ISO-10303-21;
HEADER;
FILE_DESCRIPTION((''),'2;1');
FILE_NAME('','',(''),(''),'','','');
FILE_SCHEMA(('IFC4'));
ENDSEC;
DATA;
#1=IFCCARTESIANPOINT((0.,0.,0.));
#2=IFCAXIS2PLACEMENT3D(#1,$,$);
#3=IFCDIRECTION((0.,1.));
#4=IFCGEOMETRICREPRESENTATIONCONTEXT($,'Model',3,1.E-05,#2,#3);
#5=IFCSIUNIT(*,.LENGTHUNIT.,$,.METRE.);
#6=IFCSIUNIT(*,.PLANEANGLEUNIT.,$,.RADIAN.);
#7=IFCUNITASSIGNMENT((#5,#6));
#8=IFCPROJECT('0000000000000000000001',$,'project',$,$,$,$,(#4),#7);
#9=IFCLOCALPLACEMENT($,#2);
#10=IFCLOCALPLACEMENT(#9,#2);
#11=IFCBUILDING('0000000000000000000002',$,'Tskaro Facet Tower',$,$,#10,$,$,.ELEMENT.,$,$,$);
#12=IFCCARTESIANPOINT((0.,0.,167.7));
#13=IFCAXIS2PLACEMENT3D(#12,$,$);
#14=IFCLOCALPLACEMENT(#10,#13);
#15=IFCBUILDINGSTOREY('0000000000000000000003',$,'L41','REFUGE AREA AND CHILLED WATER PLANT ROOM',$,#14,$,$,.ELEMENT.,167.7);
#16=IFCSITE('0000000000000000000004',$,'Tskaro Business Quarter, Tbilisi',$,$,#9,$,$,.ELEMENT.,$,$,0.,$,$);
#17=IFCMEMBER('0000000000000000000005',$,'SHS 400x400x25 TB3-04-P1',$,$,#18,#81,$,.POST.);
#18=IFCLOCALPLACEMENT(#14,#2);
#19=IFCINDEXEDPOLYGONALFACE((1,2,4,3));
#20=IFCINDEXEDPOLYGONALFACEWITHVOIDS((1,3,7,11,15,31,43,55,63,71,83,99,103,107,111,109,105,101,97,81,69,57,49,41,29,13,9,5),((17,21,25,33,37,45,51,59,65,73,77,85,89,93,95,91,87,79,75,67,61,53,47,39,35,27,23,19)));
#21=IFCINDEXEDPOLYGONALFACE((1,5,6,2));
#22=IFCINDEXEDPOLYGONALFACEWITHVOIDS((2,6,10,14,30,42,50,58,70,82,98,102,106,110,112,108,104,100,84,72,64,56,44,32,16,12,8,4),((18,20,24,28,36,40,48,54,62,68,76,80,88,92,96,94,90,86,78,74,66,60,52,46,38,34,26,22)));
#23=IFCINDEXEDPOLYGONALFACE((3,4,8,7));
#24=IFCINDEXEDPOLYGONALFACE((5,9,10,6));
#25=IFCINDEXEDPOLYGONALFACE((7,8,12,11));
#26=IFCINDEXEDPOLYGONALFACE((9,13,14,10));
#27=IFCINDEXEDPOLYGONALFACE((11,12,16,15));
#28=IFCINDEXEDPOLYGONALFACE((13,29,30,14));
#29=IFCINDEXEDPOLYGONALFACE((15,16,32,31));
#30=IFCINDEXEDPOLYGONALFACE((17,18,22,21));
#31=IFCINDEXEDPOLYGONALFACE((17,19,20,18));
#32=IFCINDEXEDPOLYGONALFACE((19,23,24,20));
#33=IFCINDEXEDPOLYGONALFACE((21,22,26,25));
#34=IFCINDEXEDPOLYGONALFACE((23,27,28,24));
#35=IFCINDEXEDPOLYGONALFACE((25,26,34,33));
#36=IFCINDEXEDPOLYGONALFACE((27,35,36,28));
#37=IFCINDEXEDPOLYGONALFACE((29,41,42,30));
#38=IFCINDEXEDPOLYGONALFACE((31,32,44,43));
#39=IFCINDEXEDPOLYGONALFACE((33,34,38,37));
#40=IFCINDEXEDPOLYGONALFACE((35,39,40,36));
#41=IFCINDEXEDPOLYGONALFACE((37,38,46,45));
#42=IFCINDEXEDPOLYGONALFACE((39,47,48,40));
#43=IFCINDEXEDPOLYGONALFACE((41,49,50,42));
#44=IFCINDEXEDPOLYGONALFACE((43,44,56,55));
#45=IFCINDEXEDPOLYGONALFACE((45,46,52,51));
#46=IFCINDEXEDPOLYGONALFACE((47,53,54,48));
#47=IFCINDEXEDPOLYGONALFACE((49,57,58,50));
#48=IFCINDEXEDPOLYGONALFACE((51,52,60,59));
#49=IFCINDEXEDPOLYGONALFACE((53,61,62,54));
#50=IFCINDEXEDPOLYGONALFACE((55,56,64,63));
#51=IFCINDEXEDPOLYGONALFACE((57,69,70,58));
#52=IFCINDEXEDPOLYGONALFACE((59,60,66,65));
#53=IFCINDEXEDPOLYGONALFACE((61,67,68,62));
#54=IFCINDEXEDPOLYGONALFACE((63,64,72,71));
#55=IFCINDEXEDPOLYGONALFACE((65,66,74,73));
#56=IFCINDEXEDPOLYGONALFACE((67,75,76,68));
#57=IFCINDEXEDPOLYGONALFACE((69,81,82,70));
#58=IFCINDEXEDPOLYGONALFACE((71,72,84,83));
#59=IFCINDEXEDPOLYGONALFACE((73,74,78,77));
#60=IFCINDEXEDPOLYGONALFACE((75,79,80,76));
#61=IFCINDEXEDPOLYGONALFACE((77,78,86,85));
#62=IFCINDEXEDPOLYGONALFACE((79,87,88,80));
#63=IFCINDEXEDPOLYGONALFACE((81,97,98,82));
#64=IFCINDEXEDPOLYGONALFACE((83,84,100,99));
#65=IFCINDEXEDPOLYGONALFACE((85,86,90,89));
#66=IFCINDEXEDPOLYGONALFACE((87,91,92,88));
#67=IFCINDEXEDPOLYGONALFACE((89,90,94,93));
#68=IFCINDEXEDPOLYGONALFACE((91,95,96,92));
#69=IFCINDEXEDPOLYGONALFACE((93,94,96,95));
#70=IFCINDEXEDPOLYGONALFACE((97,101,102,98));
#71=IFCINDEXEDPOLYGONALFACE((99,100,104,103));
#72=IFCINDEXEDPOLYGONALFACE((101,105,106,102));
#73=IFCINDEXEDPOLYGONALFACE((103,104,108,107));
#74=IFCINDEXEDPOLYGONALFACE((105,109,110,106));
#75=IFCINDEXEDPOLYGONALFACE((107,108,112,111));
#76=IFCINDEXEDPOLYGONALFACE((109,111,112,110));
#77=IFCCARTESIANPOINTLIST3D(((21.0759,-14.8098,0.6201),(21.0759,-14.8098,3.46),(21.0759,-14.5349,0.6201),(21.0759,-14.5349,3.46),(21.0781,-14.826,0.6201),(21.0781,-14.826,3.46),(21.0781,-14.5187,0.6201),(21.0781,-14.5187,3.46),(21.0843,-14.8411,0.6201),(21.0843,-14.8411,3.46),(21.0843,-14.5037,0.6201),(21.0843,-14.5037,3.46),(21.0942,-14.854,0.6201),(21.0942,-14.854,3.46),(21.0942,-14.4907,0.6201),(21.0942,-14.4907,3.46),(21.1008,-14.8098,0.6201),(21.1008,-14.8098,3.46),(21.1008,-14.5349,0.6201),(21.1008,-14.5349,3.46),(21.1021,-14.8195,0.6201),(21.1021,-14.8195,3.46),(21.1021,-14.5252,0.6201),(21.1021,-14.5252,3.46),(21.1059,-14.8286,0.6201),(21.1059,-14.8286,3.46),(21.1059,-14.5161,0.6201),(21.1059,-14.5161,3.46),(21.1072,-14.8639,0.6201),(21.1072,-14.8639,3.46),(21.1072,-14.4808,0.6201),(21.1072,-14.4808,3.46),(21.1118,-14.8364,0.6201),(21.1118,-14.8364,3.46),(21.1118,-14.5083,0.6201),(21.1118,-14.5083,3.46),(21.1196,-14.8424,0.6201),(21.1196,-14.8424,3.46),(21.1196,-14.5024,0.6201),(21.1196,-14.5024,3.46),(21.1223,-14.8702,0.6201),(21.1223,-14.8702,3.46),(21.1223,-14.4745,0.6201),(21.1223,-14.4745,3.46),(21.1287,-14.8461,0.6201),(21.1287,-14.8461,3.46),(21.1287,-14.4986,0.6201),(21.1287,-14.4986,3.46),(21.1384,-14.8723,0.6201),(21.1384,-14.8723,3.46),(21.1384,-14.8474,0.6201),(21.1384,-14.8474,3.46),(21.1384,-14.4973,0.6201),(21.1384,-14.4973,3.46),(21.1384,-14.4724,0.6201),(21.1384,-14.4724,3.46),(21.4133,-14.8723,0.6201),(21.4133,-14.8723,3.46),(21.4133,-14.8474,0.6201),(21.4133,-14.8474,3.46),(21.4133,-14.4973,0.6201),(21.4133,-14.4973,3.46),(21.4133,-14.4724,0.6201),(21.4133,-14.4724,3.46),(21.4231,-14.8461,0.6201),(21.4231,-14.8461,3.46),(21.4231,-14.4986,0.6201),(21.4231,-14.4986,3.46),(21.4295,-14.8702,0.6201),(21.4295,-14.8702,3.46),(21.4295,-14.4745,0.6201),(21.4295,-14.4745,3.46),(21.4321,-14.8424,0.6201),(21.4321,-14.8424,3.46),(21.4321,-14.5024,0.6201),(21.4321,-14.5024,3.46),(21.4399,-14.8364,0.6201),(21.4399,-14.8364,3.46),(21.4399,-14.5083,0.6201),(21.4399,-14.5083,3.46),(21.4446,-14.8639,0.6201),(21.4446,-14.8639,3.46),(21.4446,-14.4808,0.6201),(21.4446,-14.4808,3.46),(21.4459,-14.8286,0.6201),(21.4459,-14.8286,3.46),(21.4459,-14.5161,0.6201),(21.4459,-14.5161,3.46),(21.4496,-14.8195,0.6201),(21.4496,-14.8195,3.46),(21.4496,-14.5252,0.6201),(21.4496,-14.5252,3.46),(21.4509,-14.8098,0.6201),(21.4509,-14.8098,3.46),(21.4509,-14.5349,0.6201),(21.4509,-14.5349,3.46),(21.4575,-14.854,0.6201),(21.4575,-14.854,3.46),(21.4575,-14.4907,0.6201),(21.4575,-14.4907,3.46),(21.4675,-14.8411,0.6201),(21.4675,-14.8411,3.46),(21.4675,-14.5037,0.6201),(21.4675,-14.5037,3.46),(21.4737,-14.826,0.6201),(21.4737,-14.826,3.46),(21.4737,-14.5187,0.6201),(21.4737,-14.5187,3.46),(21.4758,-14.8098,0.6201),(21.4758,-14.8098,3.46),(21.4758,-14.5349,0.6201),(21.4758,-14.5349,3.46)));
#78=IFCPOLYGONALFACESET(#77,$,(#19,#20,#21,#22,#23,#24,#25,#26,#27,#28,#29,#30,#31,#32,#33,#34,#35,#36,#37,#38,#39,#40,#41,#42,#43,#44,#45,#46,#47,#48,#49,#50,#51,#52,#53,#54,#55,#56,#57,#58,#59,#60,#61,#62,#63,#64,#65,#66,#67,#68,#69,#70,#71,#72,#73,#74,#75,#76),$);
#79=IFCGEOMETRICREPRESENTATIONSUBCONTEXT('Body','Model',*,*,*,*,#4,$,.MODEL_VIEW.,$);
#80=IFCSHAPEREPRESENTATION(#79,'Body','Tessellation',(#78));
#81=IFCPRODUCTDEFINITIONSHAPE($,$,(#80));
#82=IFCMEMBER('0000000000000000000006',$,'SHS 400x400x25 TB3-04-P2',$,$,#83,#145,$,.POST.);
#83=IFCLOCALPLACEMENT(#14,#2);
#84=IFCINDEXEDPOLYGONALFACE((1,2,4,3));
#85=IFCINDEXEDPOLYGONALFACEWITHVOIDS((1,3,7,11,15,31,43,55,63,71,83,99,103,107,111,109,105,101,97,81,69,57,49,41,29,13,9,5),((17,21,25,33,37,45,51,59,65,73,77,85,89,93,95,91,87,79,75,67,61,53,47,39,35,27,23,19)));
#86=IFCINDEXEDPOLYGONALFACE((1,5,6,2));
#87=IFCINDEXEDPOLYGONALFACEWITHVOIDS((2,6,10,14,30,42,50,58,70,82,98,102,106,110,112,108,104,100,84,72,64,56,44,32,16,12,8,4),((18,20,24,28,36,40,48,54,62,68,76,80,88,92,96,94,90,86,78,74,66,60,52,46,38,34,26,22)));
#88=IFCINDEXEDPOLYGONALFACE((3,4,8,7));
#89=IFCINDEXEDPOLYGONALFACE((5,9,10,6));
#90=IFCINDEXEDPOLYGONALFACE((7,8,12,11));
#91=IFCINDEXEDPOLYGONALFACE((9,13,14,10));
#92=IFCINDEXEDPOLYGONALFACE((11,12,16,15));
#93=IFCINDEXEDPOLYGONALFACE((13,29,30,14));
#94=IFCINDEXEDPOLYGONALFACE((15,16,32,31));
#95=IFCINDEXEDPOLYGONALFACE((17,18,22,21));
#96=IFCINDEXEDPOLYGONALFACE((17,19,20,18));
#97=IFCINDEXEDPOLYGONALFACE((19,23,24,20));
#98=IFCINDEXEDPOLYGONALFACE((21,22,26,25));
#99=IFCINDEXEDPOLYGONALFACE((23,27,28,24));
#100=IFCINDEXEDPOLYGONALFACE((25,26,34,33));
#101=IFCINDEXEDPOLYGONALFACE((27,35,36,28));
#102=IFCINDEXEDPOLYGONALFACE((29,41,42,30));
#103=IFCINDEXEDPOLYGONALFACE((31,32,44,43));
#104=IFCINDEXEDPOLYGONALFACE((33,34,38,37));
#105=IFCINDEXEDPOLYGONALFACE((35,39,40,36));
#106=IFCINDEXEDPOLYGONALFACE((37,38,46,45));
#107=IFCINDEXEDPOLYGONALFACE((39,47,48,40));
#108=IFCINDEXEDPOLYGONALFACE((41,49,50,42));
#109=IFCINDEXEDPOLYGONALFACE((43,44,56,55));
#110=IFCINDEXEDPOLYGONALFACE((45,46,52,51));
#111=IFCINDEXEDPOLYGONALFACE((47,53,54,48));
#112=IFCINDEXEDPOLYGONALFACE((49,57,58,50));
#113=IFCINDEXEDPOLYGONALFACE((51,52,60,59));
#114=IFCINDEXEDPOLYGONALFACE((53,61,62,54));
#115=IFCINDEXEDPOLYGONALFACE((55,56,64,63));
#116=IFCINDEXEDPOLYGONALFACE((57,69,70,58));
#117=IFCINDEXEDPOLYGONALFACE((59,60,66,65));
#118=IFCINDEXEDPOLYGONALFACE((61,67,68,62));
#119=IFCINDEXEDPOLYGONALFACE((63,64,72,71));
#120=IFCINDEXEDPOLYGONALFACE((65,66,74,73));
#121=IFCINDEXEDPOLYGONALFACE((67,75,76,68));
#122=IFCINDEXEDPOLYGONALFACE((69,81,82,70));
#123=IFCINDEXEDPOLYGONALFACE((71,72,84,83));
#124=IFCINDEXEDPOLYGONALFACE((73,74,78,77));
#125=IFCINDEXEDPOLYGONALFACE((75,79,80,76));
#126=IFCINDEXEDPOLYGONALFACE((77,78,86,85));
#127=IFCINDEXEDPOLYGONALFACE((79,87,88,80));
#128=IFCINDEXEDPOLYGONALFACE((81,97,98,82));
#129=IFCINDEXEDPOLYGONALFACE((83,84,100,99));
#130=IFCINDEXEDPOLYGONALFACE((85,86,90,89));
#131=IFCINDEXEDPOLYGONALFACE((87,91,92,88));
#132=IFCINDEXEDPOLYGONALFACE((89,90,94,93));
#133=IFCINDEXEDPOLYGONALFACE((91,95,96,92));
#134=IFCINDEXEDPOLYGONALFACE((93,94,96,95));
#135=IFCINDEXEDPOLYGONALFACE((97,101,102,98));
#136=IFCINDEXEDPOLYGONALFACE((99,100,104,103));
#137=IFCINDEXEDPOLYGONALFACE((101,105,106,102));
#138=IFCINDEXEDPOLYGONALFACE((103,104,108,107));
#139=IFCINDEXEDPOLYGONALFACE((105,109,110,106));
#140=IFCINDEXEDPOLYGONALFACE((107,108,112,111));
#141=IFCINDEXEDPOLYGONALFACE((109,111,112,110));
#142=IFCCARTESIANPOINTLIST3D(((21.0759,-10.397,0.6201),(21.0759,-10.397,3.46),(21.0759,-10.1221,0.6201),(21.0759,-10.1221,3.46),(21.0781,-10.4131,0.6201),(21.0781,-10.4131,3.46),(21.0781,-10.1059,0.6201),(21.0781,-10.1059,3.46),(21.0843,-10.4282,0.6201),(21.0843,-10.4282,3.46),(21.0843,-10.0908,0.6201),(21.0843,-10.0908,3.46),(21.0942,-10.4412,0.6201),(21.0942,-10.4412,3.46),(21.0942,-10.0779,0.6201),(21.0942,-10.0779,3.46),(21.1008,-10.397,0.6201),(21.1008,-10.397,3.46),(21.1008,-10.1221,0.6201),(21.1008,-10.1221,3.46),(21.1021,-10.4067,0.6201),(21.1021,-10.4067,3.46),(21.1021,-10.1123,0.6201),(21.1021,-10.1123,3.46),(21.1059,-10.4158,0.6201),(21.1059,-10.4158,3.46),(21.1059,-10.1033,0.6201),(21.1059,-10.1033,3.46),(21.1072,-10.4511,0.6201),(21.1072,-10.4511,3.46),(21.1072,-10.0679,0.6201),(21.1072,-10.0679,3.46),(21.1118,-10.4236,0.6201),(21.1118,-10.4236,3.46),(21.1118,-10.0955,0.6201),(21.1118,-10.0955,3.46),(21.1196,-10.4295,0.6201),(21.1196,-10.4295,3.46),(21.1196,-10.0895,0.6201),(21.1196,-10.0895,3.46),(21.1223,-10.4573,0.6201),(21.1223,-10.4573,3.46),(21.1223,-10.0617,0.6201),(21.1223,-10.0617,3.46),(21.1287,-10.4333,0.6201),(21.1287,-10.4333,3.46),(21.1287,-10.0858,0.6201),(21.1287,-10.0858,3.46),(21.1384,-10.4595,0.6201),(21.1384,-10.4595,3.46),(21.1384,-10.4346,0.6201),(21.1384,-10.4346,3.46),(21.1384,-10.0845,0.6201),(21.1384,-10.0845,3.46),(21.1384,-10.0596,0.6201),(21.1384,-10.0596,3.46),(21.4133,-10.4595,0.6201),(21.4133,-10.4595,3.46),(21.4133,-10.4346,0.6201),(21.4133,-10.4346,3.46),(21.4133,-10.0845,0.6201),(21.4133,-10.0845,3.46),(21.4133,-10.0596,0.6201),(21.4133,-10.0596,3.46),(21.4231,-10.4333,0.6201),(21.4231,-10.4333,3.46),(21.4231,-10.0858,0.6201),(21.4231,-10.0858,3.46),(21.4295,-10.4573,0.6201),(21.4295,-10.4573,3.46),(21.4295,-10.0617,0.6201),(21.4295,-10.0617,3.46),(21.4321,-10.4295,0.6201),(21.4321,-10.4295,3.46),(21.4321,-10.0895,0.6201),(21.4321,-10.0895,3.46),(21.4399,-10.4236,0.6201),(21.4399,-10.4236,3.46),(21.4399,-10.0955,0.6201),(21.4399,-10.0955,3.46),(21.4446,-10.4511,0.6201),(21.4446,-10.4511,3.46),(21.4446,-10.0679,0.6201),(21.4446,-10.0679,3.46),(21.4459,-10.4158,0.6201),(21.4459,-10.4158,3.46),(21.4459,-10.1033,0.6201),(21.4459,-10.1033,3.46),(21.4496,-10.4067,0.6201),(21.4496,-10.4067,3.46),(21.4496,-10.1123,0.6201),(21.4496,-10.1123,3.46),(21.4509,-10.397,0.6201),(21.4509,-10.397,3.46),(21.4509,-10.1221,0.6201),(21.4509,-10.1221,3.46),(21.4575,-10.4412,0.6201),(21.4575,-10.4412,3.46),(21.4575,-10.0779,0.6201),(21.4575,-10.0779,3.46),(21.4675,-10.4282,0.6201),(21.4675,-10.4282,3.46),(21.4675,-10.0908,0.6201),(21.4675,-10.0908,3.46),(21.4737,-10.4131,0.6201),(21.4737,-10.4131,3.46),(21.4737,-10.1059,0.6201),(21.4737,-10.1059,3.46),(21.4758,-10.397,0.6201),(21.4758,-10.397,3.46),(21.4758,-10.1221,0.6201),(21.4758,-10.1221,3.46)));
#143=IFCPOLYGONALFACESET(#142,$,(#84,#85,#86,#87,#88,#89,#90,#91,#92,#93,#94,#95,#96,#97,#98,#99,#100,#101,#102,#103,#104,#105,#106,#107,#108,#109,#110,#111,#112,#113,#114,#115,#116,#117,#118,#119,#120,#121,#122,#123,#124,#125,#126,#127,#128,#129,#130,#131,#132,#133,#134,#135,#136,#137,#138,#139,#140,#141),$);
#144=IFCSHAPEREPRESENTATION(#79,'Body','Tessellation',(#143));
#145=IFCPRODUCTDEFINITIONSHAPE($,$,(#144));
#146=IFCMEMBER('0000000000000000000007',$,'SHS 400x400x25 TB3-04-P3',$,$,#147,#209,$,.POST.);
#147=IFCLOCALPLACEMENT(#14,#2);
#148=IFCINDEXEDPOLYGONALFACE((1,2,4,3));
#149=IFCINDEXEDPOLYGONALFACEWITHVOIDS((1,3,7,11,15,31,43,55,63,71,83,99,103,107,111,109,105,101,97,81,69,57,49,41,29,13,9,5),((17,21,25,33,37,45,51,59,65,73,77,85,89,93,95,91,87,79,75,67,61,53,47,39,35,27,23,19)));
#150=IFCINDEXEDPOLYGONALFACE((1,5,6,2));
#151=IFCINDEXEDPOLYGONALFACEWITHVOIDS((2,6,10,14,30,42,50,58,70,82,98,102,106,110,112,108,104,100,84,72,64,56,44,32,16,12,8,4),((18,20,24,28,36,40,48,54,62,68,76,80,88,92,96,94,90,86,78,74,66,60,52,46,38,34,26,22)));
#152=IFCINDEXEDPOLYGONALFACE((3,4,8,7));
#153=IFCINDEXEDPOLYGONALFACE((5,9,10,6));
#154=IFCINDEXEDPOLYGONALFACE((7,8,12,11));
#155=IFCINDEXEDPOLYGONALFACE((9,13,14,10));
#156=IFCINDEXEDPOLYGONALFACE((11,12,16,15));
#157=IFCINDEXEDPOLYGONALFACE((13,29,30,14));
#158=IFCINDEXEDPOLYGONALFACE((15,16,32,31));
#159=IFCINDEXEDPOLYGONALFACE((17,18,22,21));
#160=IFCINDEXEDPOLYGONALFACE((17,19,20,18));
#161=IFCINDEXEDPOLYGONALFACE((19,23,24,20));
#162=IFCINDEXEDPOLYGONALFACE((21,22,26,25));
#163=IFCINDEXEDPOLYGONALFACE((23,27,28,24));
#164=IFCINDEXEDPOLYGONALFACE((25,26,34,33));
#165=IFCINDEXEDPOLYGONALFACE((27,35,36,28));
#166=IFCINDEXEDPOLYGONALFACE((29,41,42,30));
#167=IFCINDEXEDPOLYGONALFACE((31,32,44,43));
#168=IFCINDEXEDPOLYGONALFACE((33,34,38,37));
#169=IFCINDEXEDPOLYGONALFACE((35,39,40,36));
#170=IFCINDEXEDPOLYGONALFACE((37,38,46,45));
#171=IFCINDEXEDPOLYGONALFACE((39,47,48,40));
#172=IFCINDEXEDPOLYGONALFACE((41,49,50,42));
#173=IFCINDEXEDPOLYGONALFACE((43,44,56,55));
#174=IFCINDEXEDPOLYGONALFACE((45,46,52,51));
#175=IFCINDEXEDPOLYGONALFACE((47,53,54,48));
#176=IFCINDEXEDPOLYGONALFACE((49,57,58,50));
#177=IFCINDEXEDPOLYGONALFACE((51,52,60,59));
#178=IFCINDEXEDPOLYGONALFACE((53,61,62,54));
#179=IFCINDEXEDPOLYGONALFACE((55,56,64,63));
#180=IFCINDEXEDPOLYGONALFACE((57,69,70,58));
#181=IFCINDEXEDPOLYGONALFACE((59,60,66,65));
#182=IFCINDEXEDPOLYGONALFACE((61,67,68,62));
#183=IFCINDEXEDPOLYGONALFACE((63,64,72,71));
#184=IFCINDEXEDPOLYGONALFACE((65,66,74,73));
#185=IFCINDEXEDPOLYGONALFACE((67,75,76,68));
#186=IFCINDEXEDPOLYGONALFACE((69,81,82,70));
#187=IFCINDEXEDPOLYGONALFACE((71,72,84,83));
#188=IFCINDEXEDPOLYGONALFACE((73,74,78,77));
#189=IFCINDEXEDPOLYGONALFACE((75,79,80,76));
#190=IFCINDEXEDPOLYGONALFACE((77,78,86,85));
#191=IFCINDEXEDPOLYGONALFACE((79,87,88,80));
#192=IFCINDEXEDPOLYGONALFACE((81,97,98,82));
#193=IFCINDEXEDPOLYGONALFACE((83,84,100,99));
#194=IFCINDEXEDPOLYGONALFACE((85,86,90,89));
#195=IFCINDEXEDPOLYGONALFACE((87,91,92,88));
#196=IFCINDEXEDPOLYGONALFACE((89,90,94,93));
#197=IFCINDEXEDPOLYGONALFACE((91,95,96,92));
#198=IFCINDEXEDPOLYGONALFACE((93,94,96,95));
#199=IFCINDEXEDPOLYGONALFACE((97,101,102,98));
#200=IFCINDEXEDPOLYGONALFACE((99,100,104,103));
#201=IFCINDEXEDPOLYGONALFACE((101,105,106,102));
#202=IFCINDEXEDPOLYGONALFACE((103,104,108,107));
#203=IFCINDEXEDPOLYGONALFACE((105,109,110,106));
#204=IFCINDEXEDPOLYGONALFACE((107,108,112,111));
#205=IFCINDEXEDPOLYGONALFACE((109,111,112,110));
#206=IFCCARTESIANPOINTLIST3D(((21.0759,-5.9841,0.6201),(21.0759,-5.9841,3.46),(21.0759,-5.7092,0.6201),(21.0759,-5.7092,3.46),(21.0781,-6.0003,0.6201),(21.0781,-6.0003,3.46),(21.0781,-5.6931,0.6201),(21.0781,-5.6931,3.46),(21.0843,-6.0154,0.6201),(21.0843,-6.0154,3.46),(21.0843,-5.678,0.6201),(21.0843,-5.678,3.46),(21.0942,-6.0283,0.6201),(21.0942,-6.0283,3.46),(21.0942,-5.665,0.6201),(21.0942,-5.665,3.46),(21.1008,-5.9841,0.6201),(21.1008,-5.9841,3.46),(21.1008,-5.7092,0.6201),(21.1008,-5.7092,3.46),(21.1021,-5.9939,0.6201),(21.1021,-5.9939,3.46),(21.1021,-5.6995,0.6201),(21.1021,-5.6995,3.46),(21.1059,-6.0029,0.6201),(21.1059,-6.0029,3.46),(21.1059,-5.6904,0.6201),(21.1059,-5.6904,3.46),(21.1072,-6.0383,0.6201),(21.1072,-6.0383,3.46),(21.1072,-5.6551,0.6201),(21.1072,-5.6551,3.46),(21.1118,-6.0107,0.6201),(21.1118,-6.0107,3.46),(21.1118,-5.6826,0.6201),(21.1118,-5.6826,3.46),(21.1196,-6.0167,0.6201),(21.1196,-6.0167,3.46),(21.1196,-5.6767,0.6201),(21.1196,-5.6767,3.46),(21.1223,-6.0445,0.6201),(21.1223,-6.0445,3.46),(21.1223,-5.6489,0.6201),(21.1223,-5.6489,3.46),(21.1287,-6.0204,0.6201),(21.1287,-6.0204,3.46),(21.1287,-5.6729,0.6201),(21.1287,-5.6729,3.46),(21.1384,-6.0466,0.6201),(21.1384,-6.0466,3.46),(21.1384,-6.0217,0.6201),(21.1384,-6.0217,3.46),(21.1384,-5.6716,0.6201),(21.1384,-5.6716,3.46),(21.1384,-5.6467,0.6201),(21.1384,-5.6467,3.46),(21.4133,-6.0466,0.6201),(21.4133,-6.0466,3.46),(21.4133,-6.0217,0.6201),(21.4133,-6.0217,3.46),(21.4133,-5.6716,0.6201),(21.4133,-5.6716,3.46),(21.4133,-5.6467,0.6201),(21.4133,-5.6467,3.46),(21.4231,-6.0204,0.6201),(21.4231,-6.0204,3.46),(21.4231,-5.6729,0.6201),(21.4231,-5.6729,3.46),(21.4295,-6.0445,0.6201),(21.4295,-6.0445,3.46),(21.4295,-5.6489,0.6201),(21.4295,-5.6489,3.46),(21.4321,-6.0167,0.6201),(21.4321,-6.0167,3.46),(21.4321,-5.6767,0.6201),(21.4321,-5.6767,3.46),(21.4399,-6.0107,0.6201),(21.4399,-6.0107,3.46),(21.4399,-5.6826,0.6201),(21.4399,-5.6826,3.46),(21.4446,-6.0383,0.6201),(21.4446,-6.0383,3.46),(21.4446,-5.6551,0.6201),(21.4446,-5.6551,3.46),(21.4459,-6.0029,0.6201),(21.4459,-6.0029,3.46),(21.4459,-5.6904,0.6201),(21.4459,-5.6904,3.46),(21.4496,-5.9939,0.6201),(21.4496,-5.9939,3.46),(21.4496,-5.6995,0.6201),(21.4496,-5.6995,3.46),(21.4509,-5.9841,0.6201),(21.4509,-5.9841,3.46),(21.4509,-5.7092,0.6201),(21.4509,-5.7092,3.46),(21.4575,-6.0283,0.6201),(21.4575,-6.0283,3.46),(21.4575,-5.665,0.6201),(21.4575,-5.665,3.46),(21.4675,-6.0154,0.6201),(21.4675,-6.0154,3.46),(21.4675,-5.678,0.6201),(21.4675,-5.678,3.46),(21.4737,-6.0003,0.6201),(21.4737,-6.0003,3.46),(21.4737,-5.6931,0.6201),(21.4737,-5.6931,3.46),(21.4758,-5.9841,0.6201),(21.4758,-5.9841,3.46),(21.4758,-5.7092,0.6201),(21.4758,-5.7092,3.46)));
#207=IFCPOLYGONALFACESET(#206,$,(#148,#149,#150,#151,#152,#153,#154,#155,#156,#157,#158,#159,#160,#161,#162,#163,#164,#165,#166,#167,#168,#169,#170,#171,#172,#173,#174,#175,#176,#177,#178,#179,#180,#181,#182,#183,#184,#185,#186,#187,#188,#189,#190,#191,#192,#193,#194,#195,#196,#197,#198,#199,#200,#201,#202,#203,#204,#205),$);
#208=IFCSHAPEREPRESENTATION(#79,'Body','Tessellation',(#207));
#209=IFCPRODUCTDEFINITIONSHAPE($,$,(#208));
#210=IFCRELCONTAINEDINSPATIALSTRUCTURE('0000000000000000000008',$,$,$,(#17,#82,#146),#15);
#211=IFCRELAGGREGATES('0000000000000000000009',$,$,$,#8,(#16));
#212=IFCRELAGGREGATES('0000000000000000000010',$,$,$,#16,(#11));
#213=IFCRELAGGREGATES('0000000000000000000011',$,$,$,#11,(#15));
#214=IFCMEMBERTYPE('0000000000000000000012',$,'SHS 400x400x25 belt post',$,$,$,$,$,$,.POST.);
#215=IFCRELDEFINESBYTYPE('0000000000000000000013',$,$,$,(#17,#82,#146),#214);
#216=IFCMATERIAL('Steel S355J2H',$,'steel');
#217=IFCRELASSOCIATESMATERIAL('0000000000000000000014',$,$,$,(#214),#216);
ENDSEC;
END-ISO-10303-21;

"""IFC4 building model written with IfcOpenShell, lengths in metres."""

from ifc_helpers import new_model, si_unit, direction, frame, origin, origin_2d, place, context, subcontext, project, spatial, hollow_rectangle, extrude, material, material_profile, profile_set, type_object, element, save


model = new_model("IFC4")

# Units and contexts
model_context = context("Model", 3, precision=1e-05, world=origin(), true_north=direction((0.0, 1.0)))
body_context = subcontext(model_context, "Body", "Model", "MODEL_VIEW")
ifc_project = project(units=[si_unit("LENGTHUNIT", "METRE"), si_unit("PLANEANGLEUNIT", "RADIAN")], contexts=[model_context])

# Site, building, storey
site_placement = place(None, origin())
site = spatial("IfcSite", under=ifc_project, at=site_placement, Name="Tskaro Business Quarter, Tbilisi", CompositionType="ELEMENT", RefElevation=0.0)
building_placement = place(site_placement, origin())
building = spatial("IfcBuilding", under=site, at=building_placement, Name="Tskaro Facet Tower", CompositionType="ELEMENT")
storey_placement = place(building_placement, frame((0.0, 0.0, 167.7)))
storey = spatial("IfcBuildingStorey", under=building, at=storey_placement, Name="L41", Description="REFUGE AREA AND CHILLED WATER PLANT ROOM", CompositionType="ELEMENT", Elevation=167.7)

# Shared definitions
ifc_material_1 = material(Name="Steel S355J2H", Category="steel")

# Members
ifc_material_profile_1 = material_profile(ifc_material_1, hollow_rectangle(XDim=0.3999, YDim=0.3999, WallThickness=0.0249, InnerFilletRadius=0.0376, OuterFilletRadius=0.0625, at=origin_2d()), Name="SHS 400x400x25")
ifc_profile_set_1 = profile_set([ifc_material_profile_1], Name="Steel S355J2H")
member_type_1 = type_object("IfcMemberType", Name="SHS 400x400x25 belt post", PredefinedType="POST", material=ifc_profile_set_1)
for number, where, z_axis, x_axis, name in (
    (1, (21.2759, -14.6724, 0.6201), (0.0, 0.0, 1.0), (1.0, 0.0, 0.0), "SHS 400x400x25 TB3-04-P1"),
    (2, (21.2759, -10.2595, 0.6201), (0.0, 0.0, 1.0), (1.0, 0.0, 0.0), "SHS 400x400x25 TB3-04-P2"),
    (3, (21.2759, -5.8467, 0.6201), (0.0, 0.0, 1.0), (1.0, 0.0, 0.0), "SHS 400x400x25 TB3-04-P3"),
):
    element("IfcMember", number, at=place(storey_placement, frame(where, z_axis=z_axis, x_axis=x_axis)), inside=storey, type_object=member_type_1, Name=name, PredefinedType="POST", context=body_context, shape_type="SweptSolid", body=[
        extrude(hollow_rectangle(XDim=0.3999, YDim=0.3999, WallThickness=0.0249, InnerFilletRadius=0.0376, OuterFilletRadius=0.0625, at=origin_2d()), origin(), (0.0, 0.0, 1.0), 2.8398),
    ])

save(model, "model.ifc")
